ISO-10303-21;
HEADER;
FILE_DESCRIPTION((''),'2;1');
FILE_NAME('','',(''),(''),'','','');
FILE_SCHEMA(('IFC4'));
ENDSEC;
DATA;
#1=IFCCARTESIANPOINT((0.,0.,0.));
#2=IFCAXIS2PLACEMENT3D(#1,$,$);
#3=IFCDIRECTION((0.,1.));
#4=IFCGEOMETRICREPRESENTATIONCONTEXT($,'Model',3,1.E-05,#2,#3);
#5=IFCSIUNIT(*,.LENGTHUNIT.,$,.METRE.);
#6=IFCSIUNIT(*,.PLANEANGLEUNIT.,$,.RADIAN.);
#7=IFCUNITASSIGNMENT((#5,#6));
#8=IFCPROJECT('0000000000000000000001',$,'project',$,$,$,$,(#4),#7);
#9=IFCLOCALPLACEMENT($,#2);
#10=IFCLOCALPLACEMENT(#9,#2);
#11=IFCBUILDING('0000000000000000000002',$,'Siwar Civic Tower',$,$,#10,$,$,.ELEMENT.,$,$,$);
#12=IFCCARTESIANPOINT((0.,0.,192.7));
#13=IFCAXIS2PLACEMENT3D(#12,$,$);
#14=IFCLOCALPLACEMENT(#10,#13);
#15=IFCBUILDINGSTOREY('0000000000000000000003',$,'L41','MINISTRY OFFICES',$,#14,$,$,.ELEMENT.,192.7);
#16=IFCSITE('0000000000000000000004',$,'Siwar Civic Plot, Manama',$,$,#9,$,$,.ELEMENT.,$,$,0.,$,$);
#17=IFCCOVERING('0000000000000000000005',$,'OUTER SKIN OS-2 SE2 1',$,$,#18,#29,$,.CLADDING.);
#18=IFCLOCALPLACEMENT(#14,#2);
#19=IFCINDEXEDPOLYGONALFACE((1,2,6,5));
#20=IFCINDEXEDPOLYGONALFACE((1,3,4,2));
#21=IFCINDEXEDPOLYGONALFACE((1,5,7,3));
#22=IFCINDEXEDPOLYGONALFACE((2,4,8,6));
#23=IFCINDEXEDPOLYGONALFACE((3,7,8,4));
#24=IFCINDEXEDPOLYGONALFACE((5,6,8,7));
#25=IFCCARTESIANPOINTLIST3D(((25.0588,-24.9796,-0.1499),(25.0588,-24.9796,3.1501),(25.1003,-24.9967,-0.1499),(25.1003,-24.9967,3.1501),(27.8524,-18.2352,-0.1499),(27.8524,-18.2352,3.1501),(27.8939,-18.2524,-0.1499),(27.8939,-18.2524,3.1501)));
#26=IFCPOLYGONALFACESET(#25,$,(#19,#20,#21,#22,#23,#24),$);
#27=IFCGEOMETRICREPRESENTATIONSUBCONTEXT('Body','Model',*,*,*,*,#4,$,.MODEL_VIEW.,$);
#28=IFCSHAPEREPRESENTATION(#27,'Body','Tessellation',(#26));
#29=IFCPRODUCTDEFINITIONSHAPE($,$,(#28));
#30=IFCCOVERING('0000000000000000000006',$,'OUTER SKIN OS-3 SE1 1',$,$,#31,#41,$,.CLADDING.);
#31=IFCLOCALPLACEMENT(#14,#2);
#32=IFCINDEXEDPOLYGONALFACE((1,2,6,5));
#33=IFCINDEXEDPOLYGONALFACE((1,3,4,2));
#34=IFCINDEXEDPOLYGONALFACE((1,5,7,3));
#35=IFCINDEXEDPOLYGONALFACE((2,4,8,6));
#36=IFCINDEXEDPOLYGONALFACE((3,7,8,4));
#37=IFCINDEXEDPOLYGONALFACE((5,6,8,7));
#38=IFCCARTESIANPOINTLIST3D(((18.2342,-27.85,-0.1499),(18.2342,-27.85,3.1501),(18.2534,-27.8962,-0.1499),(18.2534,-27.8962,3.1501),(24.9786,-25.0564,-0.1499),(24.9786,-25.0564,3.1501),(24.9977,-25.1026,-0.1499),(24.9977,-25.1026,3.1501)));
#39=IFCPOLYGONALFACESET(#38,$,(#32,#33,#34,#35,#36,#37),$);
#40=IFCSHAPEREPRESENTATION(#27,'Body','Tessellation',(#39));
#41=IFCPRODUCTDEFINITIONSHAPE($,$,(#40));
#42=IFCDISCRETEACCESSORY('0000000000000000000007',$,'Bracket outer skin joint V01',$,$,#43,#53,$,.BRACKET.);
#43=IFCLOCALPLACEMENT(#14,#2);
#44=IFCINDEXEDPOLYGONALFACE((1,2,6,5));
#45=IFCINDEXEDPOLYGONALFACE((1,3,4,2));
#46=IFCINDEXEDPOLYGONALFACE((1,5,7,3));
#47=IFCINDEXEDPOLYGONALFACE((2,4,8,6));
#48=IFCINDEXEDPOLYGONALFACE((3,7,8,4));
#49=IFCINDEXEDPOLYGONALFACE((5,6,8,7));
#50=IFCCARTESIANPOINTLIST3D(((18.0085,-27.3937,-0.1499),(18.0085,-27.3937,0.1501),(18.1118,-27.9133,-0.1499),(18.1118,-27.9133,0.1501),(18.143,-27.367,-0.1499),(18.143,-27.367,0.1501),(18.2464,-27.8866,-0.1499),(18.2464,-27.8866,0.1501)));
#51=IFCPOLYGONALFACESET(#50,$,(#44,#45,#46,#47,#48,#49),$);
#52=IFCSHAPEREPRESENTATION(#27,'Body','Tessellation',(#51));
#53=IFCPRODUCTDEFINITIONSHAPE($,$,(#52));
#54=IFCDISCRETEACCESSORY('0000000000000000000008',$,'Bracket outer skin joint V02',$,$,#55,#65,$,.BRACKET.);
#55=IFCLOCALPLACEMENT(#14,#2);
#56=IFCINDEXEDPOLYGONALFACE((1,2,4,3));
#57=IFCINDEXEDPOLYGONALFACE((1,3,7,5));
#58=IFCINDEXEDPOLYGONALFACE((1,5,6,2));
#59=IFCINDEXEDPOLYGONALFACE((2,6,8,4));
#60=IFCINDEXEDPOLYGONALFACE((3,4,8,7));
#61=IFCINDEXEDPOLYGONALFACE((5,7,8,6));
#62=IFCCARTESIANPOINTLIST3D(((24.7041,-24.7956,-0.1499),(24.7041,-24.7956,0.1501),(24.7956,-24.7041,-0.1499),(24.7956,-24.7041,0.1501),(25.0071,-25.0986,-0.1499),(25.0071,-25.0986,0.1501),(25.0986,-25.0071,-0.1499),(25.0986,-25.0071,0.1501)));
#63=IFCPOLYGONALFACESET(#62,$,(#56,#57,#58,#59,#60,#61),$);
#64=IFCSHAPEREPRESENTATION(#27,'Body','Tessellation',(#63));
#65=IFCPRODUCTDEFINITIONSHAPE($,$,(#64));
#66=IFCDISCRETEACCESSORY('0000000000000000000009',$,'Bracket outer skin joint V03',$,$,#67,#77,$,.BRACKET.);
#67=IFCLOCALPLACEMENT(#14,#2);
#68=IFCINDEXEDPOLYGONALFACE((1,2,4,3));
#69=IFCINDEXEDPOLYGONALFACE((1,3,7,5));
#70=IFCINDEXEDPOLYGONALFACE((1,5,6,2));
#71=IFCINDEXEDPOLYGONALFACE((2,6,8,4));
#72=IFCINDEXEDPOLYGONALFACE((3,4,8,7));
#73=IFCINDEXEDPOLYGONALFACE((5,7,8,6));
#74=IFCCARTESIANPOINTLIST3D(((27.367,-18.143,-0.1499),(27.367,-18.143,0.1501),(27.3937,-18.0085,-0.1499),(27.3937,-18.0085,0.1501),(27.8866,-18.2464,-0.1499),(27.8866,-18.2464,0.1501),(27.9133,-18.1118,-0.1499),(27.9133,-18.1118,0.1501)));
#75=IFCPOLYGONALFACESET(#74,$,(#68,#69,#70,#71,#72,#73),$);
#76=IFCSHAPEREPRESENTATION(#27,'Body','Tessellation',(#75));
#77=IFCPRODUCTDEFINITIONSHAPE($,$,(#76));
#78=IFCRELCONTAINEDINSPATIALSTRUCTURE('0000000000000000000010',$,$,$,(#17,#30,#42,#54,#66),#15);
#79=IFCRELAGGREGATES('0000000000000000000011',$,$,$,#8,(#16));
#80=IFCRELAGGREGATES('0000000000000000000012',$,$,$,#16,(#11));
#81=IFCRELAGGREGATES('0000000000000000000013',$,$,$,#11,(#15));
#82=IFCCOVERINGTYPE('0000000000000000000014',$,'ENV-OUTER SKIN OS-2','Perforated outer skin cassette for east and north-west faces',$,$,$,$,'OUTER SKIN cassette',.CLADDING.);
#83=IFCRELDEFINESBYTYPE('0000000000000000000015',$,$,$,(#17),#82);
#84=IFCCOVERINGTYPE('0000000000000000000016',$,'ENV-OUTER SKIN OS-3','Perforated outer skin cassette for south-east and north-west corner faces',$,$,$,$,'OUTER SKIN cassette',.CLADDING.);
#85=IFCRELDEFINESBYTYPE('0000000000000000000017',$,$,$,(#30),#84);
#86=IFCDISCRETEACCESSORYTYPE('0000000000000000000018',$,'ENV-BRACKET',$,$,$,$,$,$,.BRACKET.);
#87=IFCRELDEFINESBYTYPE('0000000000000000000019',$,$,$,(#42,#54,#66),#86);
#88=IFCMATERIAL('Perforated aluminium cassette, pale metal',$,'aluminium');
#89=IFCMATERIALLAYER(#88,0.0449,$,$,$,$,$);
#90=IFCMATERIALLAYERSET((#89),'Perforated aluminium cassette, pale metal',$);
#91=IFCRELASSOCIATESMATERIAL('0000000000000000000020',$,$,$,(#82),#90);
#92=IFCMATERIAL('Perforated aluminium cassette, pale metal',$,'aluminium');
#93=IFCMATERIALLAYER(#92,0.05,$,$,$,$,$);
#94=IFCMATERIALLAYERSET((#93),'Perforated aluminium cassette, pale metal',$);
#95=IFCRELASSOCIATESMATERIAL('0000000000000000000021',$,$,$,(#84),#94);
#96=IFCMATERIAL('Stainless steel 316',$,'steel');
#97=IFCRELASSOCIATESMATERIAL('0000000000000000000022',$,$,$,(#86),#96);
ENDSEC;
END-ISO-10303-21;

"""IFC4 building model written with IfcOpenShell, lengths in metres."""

from ifc_helpers import new_model, si_unit, direction, frame, origin, origin_2d, place, context, subcontext, project, spatial, rectangle, extrude, material, layer, layer_set, type_object, element, save


model = new_model("IFC4")

# Units and contexts
model_context = context("Model", 3, precision=1e-05, world=origin(), true_north=direction((0.0, 1.0)))
body_context = subcontext(model_context, "Body", "Model", "MODEL_VIEW")
ifc_project = project(units=[si_unit("LENGTHUNIT", "METRE"), si_unit("PLANEANGLEUNIT", "RADIAN")], contexts=[model_context])

# Site, building, storey
site_placement = place(None, origin())
site = spatial("IfcSite", under=ifc_project, at=site_placement, Name="Siwar Civic Plot, Manama", CompositionType="ELEMENT", RefElevation=0.0)
building_placement = place(site_placement, origin())
building = spatial("IfcBuilding", under=site, at=building_placement, Name="Siwar Civic Tower", CompositionType="ELEMENT")
storey_placement = place(building_placement, frame((0.0, 0.0, 192.7)))
storey = spatial("IfcBuildingStorey", under=building, at=storey_placement, Name="L41", Description="MINISTRY OFFICES", CompositionType="ELEMENT", Elevation=192.7)

# Coverings
ifc_material_1 = material(Name="Perforated aluminium cassette, pale metal", Category="aluminium")
ifc_layer_1 = layer(ifc_material_1, 0.0449)
ifc_layer_set_1 = layer_set([ifc_layer_1], Name="Perforated aluminium cassette, pale metal")
covering_type_1 = type_object("IfcCoveringType", Name="ENV-OUTER SKIN OS-2", Description="Perforated outer skin cassette for east and north-west faces", ElementType="OUTER SKIN cassette", PredefinedType="CLADDING", material=ifc_layer_set_1)
covering_1_placement = place(storey_placement, frame((26.4763, -21.616, -0.1499), z_axis=(0.0, 0.0, 1.0), x_axis=(0.382683, 0.92388, 0.0)))
element("IfcCovering", 1, at=covering_1_placement, inside=storey, type_object=covering_type_1, Name="OUTER SKIN OS-2 SE2 1", PredefinedType="CLADDING", context=body_context, shape_type="SweptSolid", body=[
    extrude(rectangle(XDim=7.3, YDim=0.0449, at=origin_2d()), origin(), (0.0, 0.0, 1.0), 3.3),
])
ifc_material_2 = material(Name="Perforated aluminium cassette, pale metal", Category="aluminium")
ifc_layer_2 = layer(ifc_material_2, 0.05)
ifc_layer_set_2 = layer_set([ifc_layer_2], Name="Perforated aluminium cassette, pale metal")
covering_type_2 = type_object("IfcCoveringType", Name="ENV-OUTER SKIN OS-3", Description="Perforated outer skin cassette for south-east and north-west corner faces", ElementType="OUTER SKIN cassette", PredefinedType="CLADDING", material=ifc_layer_set_2)
covering_2_placement = place(storey_placement, frame((21.616, -26.4763, -0.1499), z_axis=(0.0, 0.0, 1.0), x_axis=(0.92388, 0.382683, 0.0)))
element("IfcCovering", 2, at=covering_2_placement, inside=storey, type_object=covering_type_2, Name="OUTER SKIN OS-3 SE1 1", PredefinedType="CLADDING", context=body_context, shape_type="SweptSolid", body=[
    extrude(rectangle(XDim=7.3, YDim=0.05, at=origin_2d()), origin(), (0.0, 0.0, 1.0), 3.3),
])

# Discrete accessories
ifc_material_3 = material(Name="Stainless steel 316", Category="steel")
discrete_accessory_type = type_object("IfcDiscreteAccessoryType", Name="ENV-BRACKET", PredefinedType="BRACKET", material=ifc_material_3)
discrete_accessory_1_placement = place(storey_placement, frame((18.1274, -27.6401, -0.1499), z_axis=(0.0, 0.0, 1.0), x_axis=(0.19509, -0.980785, 0.0)))
element("IfcDiscreteAccessory", 3, at=discrete_accessory_1_placement, inside=storey, type_object=discrete_accessory_type, Name="Bracket outer skin joint V01", PredefinedType="BRACKET", context=body_context, shape_type="SweptSolid", body=[
    extrude(rectangle(XDim=0.5298, YDim=0.1372, at=origin_2d()), origin(), (0.0, 0.0, 1.0), 0.3),
])
discrete_accessory_2_placement = place(storey_placement, frame((24.9014, -24.9014, -0.1499), z_axis=(0.0, 0.0, 1.0), x_axis=(0.707107, -0.707107, 0.0)))
element("IfcDiscreteAccessory", 4, at=discrete_accessory_2_placement, inside=storey, type_object=discrete_accessory_type, Name="Bracket outer skin joint V02", PredefinedType="BRACKET", context=body_context, shape_type="SweptSolid", body=[
    extrude(rectangle(XDim=0.4285, YDim=0.1294, at=origin_2d()), origin(), (0.0, 0.0, 1.0), 0.3),
])
discrete_accessory_3_placement = place(storey_placement, frame((27.6401, -18.1274, -0.1499), z_axis=(0.0, 0.0, 1.0), x_axis=(0.980785, -0.19509, 0.0)))
element("IfcDiscreteAccessory", 5, at=discrete_accessory_3_placement, inside=storey, type_object=discrete_accessory_type, Name="Bracket outer skin joint V03", PredefinedType="BRACKET", context=body_context, shape_type="SweptSolid", body=[
    extrude(rectangle(XDim=0.5298, YDim=0.1372, at=origin_2d()), origin(), (0.0, 0.0, 1.0), 0.3),
])

save(model, "model.ifc")
